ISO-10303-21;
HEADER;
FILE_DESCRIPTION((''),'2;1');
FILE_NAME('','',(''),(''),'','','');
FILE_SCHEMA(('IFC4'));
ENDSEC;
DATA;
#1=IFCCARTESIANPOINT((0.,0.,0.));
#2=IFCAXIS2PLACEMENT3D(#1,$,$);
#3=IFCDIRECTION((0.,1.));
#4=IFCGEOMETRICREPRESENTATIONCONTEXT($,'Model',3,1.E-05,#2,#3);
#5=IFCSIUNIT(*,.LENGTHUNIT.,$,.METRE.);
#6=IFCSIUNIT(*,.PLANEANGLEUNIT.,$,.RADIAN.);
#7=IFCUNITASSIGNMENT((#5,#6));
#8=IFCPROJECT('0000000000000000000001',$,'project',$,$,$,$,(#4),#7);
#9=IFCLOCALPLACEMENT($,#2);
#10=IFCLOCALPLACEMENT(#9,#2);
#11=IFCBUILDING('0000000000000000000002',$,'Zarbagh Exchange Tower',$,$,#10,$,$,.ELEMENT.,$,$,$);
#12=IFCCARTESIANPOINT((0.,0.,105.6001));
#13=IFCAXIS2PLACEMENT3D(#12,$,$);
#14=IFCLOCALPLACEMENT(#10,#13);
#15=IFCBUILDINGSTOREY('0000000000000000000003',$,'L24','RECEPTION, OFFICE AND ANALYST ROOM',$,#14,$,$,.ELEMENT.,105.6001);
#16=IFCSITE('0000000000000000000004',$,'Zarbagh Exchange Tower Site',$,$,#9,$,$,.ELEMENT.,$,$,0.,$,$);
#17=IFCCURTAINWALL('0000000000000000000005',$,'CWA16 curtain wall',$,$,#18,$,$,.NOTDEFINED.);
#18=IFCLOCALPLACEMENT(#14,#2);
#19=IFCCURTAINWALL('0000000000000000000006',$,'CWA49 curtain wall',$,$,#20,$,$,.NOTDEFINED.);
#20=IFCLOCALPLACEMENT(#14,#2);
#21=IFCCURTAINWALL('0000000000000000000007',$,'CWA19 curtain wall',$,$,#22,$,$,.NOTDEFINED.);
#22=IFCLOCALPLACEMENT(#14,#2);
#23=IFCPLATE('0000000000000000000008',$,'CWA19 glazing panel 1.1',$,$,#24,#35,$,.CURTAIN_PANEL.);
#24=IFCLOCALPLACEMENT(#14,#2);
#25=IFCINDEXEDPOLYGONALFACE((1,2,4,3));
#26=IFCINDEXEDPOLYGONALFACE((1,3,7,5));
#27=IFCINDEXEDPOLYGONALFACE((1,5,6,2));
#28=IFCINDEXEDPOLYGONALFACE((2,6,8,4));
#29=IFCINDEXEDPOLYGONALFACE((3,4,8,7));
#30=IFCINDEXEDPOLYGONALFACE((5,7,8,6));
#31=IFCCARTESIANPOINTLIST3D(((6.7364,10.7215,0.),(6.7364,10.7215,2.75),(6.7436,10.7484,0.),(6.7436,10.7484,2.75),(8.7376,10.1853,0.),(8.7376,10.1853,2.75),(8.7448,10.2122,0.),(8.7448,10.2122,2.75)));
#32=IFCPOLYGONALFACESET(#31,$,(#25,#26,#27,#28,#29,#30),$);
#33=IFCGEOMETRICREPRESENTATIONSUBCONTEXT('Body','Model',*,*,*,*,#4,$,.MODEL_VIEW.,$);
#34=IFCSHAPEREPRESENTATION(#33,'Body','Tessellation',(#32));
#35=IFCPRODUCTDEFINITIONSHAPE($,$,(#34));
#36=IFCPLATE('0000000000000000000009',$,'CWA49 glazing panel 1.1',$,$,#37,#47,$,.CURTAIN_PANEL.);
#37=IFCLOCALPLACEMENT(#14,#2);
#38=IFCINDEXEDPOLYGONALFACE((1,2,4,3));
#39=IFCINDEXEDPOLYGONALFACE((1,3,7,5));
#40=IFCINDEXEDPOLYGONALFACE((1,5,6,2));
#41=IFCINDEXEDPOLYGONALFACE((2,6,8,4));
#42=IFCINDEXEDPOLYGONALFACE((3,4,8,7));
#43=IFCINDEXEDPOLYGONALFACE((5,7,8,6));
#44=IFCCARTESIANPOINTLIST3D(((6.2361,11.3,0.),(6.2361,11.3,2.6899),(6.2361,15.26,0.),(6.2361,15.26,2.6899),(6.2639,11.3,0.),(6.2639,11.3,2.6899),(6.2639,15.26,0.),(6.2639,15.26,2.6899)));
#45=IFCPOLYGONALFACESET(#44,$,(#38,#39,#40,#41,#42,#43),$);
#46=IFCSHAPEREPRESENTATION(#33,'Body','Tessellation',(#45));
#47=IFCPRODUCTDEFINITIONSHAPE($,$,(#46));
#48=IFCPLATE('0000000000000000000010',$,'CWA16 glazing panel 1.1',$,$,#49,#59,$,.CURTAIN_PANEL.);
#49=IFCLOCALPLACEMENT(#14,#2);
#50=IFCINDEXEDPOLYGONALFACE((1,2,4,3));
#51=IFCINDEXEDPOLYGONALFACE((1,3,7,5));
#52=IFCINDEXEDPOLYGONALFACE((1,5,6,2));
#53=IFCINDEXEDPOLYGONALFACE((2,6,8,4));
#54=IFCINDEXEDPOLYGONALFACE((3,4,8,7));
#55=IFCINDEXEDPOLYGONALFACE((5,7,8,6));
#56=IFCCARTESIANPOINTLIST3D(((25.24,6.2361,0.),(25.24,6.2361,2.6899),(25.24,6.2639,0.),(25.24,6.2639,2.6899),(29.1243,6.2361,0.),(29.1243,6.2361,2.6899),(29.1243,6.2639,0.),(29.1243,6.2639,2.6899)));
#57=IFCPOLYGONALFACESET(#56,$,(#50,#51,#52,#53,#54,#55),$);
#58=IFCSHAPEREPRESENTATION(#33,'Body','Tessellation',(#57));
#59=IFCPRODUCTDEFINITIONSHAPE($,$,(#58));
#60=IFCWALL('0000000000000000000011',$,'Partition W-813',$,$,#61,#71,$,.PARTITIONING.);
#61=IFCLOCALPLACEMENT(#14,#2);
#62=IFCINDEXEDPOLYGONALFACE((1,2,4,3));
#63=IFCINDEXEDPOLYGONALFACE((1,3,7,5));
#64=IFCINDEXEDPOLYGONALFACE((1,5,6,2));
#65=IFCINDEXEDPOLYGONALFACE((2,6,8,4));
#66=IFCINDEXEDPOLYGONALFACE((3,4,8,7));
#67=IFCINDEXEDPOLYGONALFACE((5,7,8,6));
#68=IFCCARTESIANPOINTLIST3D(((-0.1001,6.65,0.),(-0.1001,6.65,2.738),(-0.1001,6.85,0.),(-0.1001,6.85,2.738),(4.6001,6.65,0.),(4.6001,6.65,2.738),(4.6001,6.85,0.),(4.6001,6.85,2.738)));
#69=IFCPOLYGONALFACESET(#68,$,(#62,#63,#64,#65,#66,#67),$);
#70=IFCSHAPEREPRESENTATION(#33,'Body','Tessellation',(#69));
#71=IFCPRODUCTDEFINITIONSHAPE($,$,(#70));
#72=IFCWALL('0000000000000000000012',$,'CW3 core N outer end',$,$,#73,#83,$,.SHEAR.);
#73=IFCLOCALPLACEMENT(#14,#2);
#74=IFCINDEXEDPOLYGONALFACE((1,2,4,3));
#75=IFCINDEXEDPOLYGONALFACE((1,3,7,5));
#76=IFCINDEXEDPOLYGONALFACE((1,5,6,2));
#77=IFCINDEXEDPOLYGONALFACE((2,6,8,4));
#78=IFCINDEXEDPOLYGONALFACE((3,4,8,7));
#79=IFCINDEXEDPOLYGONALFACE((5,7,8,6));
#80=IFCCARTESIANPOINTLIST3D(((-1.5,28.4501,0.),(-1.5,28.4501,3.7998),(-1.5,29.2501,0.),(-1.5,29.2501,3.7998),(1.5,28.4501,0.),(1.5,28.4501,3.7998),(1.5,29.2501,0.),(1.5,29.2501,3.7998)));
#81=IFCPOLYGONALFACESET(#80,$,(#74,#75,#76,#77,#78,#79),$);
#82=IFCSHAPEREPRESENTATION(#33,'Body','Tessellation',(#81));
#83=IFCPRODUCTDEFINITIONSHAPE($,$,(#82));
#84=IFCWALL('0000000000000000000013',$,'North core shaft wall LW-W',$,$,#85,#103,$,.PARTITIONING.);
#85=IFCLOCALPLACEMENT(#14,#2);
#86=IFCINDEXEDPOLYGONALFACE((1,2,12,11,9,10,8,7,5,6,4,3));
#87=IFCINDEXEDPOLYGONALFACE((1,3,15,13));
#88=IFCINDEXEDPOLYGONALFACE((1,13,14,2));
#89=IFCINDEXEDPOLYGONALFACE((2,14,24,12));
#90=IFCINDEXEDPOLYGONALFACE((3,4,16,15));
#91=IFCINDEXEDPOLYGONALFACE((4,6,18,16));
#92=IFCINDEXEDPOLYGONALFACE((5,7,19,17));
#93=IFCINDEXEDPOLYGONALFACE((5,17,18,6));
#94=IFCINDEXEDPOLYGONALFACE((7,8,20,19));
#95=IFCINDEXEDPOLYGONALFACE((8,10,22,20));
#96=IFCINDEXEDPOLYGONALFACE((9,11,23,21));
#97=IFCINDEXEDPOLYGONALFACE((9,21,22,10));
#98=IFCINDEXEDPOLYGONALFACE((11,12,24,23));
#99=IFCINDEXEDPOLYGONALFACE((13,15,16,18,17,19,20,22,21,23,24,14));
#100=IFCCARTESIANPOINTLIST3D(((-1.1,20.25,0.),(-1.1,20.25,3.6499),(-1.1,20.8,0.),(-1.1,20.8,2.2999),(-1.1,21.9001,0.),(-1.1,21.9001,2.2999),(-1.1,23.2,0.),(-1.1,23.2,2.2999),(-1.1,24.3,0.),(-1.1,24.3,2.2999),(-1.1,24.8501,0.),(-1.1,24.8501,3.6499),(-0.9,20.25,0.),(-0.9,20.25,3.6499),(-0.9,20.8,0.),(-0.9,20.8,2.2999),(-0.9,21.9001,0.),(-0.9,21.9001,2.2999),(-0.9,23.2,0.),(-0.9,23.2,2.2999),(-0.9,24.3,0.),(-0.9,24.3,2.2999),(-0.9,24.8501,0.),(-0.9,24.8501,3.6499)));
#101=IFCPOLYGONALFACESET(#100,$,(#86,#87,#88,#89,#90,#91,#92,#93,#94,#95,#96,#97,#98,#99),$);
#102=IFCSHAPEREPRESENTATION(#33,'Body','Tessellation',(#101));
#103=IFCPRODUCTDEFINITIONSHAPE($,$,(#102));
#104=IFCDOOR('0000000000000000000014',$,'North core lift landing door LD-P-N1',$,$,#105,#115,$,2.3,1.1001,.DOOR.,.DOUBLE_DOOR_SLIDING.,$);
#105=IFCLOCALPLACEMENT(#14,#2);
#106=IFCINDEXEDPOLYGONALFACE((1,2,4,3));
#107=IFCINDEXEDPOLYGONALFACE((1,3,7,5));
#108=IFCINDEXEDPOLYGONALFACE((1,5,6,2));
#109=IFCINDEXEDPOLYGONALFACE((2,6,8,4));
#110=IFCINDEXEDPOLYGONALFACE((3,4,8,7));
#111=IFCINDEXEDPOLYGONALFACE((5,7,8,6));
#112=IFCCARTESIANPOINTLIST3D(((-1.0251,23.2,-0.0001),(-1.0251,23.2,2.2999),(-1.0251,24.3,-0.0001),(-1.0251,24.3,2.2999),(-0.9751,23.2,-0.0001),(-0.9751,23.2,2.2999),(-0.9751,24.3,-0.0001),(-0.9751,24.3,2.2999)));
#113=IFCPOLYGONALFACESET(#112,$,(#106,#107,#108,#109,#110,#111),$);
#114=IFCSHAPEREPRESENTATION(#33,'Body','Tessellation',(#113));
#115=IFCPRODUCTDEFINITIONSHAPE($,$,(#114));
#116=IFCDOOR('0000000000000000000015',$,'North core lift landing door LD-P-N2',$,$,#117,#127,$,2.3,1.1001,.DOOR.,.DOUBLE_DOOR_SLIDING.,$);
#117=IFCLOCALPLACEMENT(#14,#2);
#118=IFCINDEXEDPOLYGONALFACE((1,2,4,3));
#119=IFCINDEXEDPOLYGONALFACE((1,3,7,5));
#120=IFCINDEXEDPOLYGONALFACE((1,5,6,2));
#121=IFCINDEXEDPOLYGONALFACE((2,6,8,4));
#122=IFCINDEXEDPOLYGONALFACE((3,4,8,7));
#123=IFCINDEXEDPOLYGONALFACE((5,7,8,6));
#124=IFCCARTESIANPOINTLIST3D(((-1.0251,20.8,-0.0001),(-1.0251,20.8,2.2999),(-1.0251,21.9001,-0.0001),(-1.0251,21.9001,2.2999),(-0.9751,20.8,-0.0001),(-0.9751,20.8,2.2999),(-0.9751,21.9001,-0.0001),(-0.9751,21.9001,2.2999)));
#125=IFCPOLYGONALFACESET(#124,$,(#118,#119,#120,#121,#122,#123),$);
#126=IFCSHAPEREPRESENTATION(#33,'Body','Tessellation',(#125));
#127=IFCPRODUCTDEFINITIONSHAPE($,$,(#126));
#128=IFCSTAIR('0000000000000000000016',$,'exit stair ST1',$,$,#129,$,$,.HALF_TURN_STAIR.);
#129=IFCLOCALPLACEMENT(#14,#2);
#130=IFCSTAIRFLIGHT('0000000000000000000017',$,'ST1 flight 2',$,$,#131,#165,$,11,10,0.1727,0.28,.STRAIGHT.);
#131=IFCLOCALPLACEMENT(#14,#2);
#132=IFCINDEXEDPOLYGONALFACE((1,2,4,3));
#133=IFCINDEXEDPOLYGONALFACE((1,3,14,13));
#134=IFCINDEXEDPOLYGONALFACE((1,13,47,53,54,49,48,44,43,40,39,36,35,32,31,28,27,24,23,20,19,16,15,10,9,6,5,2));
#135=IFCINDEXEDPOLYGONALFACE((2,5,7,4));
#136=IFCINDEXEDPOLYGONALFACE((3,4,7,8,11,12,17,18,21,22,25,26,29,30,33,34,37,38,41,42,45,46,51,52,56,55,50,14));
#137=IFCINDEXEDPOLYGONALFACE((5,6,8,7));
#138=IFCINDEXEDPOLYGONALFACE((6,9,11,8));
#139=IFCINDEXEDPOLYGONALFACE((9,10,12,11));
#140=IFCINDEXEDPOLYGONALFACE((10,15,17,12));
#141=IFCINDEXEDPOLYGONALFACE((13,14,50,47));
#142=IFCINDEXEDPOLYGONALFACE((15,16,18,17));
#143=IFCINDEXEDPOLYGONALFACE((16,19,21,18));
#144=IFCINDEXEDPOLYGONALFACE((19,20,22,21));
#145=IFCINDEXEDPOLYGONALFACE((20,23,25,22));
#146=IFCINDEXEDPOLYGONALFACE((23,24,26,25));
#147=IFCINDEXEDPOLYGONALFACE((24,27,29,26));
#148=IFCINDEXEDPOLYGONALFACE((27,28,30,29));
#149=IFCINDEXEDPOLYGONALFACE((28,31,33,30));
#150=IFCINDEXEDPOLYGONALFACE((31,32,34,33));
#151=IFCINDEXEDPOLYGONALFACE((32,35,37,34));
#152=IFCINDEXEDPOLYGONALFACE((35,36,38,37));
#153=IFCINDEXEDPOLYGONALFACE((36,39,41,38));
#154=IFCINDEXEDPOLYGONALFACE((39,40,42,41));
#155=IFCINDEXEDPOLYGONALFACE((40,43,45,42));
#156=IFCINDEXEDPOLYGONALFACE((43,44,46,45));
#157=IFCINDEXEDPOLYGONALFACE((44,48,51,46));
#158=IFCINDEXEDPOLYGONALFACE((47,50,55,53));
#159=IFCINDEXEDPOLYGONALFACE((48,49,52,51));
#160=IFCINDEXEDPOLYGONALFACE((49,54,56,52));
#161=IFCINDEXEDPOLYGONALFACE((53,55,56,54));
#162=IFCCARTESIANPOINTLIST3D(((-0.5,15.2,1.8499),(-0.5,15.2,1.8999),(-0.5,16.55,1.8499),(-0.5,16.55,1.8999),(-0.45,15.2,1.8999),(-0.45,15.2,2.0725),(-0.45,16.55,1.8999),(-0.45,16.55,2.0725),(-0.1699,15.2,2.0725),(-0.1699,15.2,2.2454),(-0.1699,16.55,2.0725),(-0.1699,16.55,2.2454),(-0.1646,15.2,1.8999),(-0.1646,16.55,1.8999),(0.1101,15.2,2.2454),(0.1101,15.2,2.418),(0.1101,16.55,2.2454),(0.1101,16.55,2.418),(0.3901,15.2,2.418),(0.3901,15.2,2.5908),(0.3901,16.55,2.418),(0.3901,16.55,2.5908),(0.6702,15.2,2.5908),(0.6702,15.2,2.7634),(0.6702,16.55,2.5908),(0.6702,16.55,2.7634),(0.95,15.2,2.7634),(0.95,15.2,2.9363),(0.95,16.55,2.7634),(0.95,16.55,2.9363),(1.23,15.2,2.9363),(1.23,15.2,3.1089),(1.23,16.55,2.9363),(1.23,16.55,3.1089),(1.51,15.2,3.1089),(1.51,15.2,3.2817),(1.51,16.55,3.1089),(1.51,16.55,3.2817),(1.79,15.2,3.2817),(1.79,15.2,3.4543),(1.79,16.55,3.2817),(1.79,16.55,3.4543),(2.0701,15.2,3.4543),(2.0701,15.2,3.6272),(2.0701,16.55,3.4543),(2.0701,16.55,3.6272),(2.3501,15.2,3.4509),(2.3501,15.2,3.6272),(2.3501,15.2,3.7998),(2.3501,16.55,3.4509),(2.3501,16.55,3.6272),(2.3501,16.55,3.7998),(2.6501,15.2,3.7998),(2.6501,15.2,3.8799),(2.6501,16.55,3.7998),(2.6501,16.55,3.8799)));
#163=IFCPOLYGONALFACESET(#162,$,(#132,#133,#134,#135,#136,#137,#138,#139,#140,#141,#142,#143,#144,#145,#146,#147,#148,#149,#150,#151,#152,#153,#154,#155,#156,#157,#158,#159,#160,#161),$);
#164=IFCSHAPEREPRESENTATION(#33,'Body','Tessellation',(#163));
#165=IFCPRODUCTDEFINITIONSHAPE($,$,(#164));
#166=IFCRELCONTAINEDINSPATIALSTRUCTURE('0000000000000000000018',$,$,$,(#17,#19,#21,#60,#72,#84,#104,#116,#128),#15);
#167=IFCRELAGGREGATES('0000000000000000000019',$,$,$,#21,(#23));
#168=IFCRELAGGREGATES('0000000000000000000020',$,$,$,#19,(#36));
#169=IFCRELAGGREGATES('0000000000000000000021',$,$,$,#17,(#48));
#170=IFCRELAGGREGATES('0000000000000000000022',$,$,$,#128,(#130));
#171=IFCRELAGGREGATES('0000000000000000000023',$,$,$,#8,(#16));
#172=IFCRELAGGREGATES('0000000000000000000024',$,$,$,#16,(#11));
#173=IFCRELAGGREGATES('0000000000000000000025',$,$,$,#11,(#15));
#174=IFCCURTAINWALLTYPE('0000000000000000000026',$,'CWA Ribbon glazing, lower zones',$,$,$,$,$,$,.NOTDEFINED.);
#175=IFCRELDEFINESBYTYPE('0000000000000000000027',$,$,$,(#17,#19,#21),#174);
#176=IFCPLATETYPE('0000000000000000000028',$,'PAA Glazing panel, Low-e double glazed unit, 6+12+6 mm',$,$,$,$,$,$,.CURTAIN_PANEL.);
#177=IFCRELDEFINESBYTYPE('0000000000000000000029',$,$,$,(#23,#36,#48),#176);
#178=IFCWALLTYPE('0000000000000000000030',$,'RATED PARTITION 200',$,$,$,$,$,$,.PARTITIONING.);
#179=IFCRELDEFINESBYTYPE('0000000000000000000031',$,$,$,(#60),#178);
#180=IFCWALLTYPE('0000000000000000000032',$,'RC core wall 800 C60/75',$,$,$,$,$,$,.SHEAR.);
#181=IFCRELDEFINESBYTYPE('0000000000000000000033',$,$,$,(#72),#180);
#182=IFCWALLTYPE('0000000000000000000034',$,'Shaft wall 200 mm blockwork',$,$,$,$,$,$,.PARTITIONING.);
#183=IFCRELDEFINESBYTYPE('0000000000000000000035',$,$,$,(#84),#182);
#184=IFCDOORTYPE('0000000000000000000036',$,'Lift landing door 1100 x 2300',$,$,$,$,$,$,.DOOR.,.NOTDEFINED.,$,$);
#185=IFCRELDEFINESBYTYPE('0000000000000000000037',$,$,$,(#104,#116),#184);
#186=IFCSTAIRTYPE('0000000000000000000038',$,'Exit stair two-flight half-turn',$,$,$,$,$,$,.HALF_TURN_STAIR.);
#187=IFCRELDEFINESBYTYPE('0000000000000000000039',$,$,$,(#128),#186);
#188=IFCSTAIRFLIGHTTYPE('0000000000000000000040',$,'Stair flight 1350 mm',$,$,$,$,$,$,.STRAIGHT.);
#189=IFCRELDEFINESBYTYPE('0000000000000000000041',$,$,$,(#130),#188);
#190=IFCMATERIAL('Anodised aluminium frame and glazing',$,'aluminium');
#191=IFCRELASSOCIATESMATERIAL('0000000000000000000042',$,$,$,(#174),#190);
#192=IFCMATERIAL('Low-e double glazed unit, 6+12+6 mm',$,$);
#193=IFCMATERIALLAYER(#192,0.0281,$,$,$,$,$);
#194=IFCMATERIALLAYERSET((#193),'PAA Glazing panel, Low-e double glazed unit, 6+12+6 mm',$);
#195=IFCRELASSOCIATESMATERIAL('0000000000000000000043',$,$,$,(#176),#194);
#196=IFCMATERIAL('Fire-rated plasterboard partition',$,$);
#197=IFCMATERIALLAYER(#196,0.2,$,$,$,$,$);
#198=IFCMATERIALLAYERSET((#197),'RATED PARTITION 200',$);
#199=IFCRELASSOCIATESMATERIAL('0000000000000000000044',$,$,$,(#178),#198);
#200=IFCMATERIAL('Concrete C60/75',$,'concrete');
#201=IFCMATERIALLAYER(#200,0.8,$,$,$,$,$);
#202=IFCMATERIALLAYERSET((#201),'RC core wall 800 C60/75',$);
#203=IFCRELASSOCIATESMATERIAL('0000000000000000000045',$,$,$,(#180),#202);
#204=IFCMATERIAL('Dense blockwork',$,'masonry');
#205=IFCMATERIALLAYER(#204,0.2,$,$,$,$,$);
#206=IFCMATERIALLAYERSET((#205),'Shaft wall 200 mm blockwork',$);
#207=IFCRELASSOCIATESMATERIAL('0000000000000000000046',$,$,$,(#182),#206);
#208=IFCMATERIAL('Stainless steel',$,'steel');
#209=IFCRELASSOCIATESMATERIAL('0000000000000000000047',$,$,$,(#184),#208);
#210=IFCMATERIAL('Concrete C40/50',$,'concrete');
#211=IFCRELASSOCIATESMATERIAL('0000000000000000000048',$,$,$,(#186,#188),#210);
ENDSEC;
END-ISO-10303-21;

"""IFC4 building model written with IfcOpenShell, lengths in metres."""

from ifc_helpers import new_model, si_unit, direction, frame, frame_2d, origin, place, context, subcontext, project, spatial, polyline, rectangle, outline, extrude, source, transform, mapped, material, layer, layer_set, type_object, element, fill, aggregate, save


model = new_model("IFC4")

# Units and contexts
model_context = context("Model", 3, precision=1e-05, world=origin(), true_north=direction((0.0, 1.0)))
body_context = subcontext(model_context, "Body", "Model", "MODEL_VIEW")
ifc_project = project(units=[si_unit("LENGTHUNIT", "METRE"), si_unit("PLANEANGLEUNIT", "RADIAN")], contexts=[model_context])

# Site, building, storey
site_placement = place(None, origin())
site = spatial("IfcSite", under=ifc_project, at=site_placement, Name="Zarbagh Exchange Tower Site", CompositionType="ELEMENT", RefElevation=0.0)
building_placement = place(site_placement, origin())
building = spatial("IfcBuilding", under=site, at=building_placement, Name="Zarbagh Exchange Tower", CompositionType="ELEMENT")
storey_placement = place(building_placement, frame((0.0, 0.0, 105.6001)))
storey = spatial("IfcBuildingStorey", under=building, at=storey_placement, Name="L24", Description="RECEPTION, OFFICE AND ANALYST ROOM", CompositionType="ELEMENT", Elevation=105.6001)

# Curtain wall
ifc_material_1 = material(Name="Anodised aluminium frame and glazing", Category="aluminium")
curtain_wall_type = type_object("IfcCurtainWallType", Name="CWA Ribbon glazing, lower zones", PredefinedType="NOTDEFINED", material=ifc_material_1)
curtain_wall_1_placement = place(storey_placement, origin())
curtain_wall_1 = element("IfcCurtainWall", 1, at=curtain_wall_1_placement, inside=storey, type_object=curtain_wall_type, Name="CWA16 curtain wall", PredefinedType="NOTDEFINED")
placement = place(storey_placement, origin())

# Curtain wall
curtain_wall_2_placement = place(storey_placement, origin())
curtain_wall_2 = element("IfcCurtainWall", 2, at=curtain_wall_2_placement, inside=storey, type_object=curtain_wall_type, Name="CWA49 curtain wall", PredefinedType="NOTDEFINED")

# Shared definitions
ifc_material_2 = material(Name="Low-e double glazed unit, 6+12+6 mm")
ifc_layer_1 = layer(ifc_material_2, 0.0281)
ifc_layer_set_1 = layer_set([ifc_layer_1], Name="PAA Glazing panel, Low-e double glazed unit, 6+12+6 mm")
plate_type = type_object("IfcPlateType", Name="PAA Glazing panel, Low-e double glazed unit, 6+12+6 mm", PredefinedType="CURTAIN_PANEL", material=ifc_layer_set_1)

# Curtain wall, plate
curtain_wall_3_placement = place(storey_placement, origin())
curtain_wall_3 = element("IfcCurtainWall", 3, at=curtain_wall_3_placement, inside=storey, type_object=curtain_wall_type, Name="CWA19 curtain wall", PredefinedType="NOTDEFINED")
shared_shape_1 = source(origin(), body_context, "Body", "SweptSolid", [
    extrude(outline(polyline([(0.0, -0.0139), (2.0718, -0.0139), (2.0718, 0.0139), (0.0, 0.0139), (0.0, -0.0139)])), origin(), (0.0, 0.0, 1.0), 2.75),
])
plate_1 = element("IfcPlate", 4, at=placement, type_object=plate_type, Name="CWA19 glazing panel 1.1", PredefinedType="CURTAIN_PANEL", context=body_context, shape_type="MappedRepresentation", body=[
    mapped(shared_shape_1, transform((8.7412, 10.1987, 0.0), x_axis=(-0.965924, 0.258825, 0.0), y_axis=(-0.258825, -0.965924, 0.0), z_axis=(0.0, 0.0, 1.0))),
])
aggregate(curtain_wall_3, [plate_1])

# Plates
shared_shape_2 = source(origin(), body_context, "Body", "SweptSolid", [
    extrude(outline(polyline([(0.0, -0.0139), (3.96, -0.0139), (3.96, 0.0139), (0.0, 0.0139), (0.0, -0.0139)])), origin(), (0.0, 0.0, 1.0), 2.6899),
])
plate_2 = element("IfcPlate", 5, at=placement, type_object=plate_type, Name="CWA49 glazing panel 1.1", PredefinedType="CURTAIN_PANEL", context=body_context, shape_type="MappedRepresentation", body=[
    mapped(shared_shape_2, transform((6.25, 11.3, 0.0), x_axis=(0.0, 1.0, 0.0), y_axis=(-1.0, 0.0, 0.0), z_axis=(0.0, 0.0, 1.0))),
])
aggregate(curtain_wall_2, [plate_2])
shared_shape_3 = source(origin(), body_context, "Body", "SweptSolid", [
    extrude(outline(polyline([(0.0, -0.0139), (3.8843, -0.0139), (3.8843, 0.0139), (0.0, 0.0139), (0.0, -0.0139)])), origin(), (0.0, 0.0, 1.0), 2.6899),
])
plate_3 = element("IfcPlate", 6, at=placement, type_object=plate_type, Name="CWA16 glazing panel 1.1", PredefinedType="CURTAIN_PANEL", context=body_context, shape_type="MappedRepresentation", body=[
    mapped(shared_shape_3, transform((29.1243, 6.25, 0.0), x_axis=(-1.0, 0.0, 0.0), y_axis=(0.0, -1.0, 0.0), z_axis=(0.0, 0.0, 1.0))),
])
aggregate(curtain_wall_1, [plate_3])

# Walls
ifc_material_3 = material(Name="Fire-rated plasterboard partition")
ifc_layer_2 = layer(ifc_material_3, 0.2)
ifc_layer_set_2 = layer_set([ifc_layer_2], Name="RATED PARTITION 200")
wall_type_1 = type_object("IfcWallType", Name="RATED PARTITION 200", PredefinedType="PARTITIONING", material=ifc_layer_set_2)
wall_1_placement = place(storey_placement, frame((-0.1001, 6.75, 0.0), z_axis=(0.0, 0.0, 1.0), x_axis=(1.0, 0.0, 0.0)))
element("IfcWall", 7, at=wall_1_placement, inside=storey, type_object=wall_type_1, Name="Partition W-813", PredefinedType="PARTITIONING", context=body_context, shape_type="SweptSolid", body=[
    extrude(rectangle(XDim=4.7002, YDim=0.2, at=frame_2d((2.3501, 0.0))), origin(), (0.0, 0.0, 1.0), 2.738),
])
ifc_material_4 = material(Name="Concrete C60/75", Category="concrete")
ifc_layer_3 = layer(ifc_material_4, 0.8)
ifc_layer_set_3 = layer_set([ifc_layer_3], Name="RC core wall 800 C60/75")
wall_type_2 = type_object("IfcWallType", Name="RC core wall 800 C60/75", PredefinedType="SHEAR", material=ifc_layer_set_3)
wall_2_placement = place(storey_placement, frame((-1.5, 28.8501, 0.0), z_axis=(0.0, 0.0, 1.0), x_axis=(1.0, 0.0, 0.0)))
element("IfcWall", 8, at=wall_2_placement, inside=storey, type_object=wall_type_2, Name="CW3 core N outer end", PredefinedType="SHEAR", context=body_context, shape_type="SweptSolid", body=[
    extrude(rectangle(XDim=3.0, YDim=0.8, at=frame_2d((1.5, 0.0))), origin(), (0.0, 0.0, 1.0), 3.7998),
])

# Wall, openings, doors
ifc_material_5 = material(Name="Dense blockwork", Category="masonry")
ifc_layer_4 = layer(ifc_material_5, 0.2)
ifc_layer_set_4 = layer_set([ifc_layer_4], Name="Shaft wall 200 mm blockwork")
wall_type_3 = type_object("IfcWallType", Name="Shaft wall 200 mm blockwork", PredefinedType="PARTITIONING", material=ifc_layer_set_4)
wall_3_placement = place(storey_placement, frame((-1.0, 24.8501, 0.0), z_axis=(0.0, 0.0, 1.0), x_axis=(0.0, -1.0, 0.0)))
wall_3 = element("IfcWall", 9, at=wall_3_placement, inside=storey, type_object=wall_type_3, Name="North core shaft wall LW-W", PredefinedType="PARTITIONING", context=body_context, shape_type="SweptSolid", body=[
    extrude(rectangle(XDim=4.6001, YDim=0.2, at=frame_2d((2.3, 0.0))), origin(), (0.0, 0.0, 1.0), 3.6499),
])
opening_1_placement = place(wall_3_placement, frame((0.55, 0.0, 0.0)))
opening_1 = element("IfcOpeningElement", 10, at=opening_1_placement, cuts=wall_3, PredefinedType="OPENING", context=body_context, shape_type="SweptSolid", body=[
    extrude(rectangle(XDim=1.1001, YDim=2.3, at=frame_2d((0.55, 1.1499))), frame((0.0, 0.1099, 0.0), z_axis=(0.0, -1.0, 0.0), x_axis=(1.0, 0.0, 0.0)), (0.0, 0.0, 1.0), 0.22),
])
opening_2_placement = place(wall_3_placement, frame((2.95, 0.0, 0.0)))
opening_2 = element("IfcOpeningElement", 11, at=opening_2_placement, cuts=wall_3, PredefinedType="OPENING", context=body_context, shape_type="SweptSolid", body=[
    extrude(rectangle(XDim=1.1001, YDim=2.3, at=frame_2d((0.55, 1.1499))), frame((0.0, 0.1099, 0.0), z_axis=(0.0, -1.0, 0.0), x_axis=(1.0, 0.0, 0.0)), (0.0, 0.0, 1.0), 0.22),
])
ifc_material_6 = material(Name="Stainless steel", Category="steel")
door_type = type_object("IfcDoorType", Name="Lift landing door 1100 x 2300", OperationType="NOTDEFINED", PredefinedType="DOOR", material=ifc_material_6)
door_1_placement = place(opening_1_placement, origin())
door_1 = element("IfcDoor", 12, at=door_1_placement, inside=storey, type_object=door_type, Name="North core lift landing door LD-P-N1", OperationType="DOUBLE_DOOR_SLIDING", OverallHeight=2.3, OverallWidth=1.1001, PredefinedType="DOOR", context=body_context, shape_type="SweptSolid", body=[
    extrude(rectangle(XDim=1.1001, YDim=2.3, at=frame_2d((0.55, 1.1499))), frame((0.0, 0.0249, 0.0), z_axis=(0.0, -1.0, 0.0), x_axis=(1.0, 0.0, 0.0)), (0.0, 0.0, 1.0), 0.05),
])
fill(opening_1, door_1)
door_2_placement = place(opening_2_placement, origin())
door_2 = element("IfcDoor", 13, at=door_2_placement, inside=storey, type_object=door_type, Name="North core lift landing door LD-P-N2", OperationType="DOUBLE_DOOR_SLIDING", OverallHeight=2.3, OverallWidth=1.1001, PredefinedType="DOOR", context=body_context, shape_type="SweptSolid", body=[
    extrude(rectangle(XDim=1.1001, YDim=2.3, at=frame_2d((0.55, 1.1499))), frame((0.0, 0.0249, 0.0), z_axis=(0.0, -1.0, 0.0), x_axis=(1.0, 0.0, 0.0)), (0.0, 0.0, 1.0), 0.05),
])
fill(opening_2, door_2)

# Stair, stair flight
ifc_material_7 = material(Name="Concrete C40/50", Category="concrete")
stair_type = type_object("IfcStairType", Name="Exit stair two-flight half-turn", PredefinedType="HALF_TURN_STAIR", material=ifc_material_7)
stair_placement = place(storey_placement, origin())
stair = element("IfcStair", 14, at=stair_placement, inside=storey, type_object=stair_type, Name="exit stair ST1", PredefinedType="HALF_TURN_STAIR")
stair_flight_type = type_object("IfcStairFlightType", Name="Stair flight 1350 mm", PredefinedType="STRAIGHT", material=ifc_material_7)
stair_flight_placement = place(storey_placement, frame((-0.45, 15.875, 1.8999), z_axis=(0.0, 0.0, 1.0), x_axis=(1.0, 0.0, 0.0)))
stair_flight = element("IfcStairFlight", 15, at=stair_flight_placement, type_object=stair_flight_type, Name="ST1 flight 2", NumberOfRisers=11, NumberOfTreads=10, PredefinedType="STRAIGHT", RiserHeight=0.1727, TreadLength=0.28, context=body_context, shape_type="SweptSolid", body=[
    extrude(outline(polyline([(-0.05, -0.05), (-0.05, 0.0), (0.0, 0.0), (0.0, 0.1726), (0.28, 0.1726), (0.28, 0.3455), (0.5601, 0.3455), (0.5601, 0.5181), (0.8401, 0.5181), (0.8401, 0.6909), (1.1201, 0.6909), (1.1201, 0.8635), (1.3999, 0.8635), (1.3999, 1.0364), (1.6799, 1.0364), (1.6799, 1.209), (1.96, 1.209), (1.96, 1.3818), (2.24, 1.3818), (2.24, 1.5544), (2.52, 1.5544), (2.52, 1.7273), (2.8, 1.7273), (2.8, 1.8999), (3.1001, 1.98), (3.1001, 1.8999), (2.8, 1.551), (0.2854, 0.0), (-0.05, -0.05)])), frame((0.0, 0.675, 0.0), z_axis=(0.0, -1.0, 0.0), x_axis=(1.0, 0.0, 0.0)), (0.0, 0.0, 1.0), 1.3501),
])
aggregate(stair, [stair_flight])

save(model, "model.ifc")
